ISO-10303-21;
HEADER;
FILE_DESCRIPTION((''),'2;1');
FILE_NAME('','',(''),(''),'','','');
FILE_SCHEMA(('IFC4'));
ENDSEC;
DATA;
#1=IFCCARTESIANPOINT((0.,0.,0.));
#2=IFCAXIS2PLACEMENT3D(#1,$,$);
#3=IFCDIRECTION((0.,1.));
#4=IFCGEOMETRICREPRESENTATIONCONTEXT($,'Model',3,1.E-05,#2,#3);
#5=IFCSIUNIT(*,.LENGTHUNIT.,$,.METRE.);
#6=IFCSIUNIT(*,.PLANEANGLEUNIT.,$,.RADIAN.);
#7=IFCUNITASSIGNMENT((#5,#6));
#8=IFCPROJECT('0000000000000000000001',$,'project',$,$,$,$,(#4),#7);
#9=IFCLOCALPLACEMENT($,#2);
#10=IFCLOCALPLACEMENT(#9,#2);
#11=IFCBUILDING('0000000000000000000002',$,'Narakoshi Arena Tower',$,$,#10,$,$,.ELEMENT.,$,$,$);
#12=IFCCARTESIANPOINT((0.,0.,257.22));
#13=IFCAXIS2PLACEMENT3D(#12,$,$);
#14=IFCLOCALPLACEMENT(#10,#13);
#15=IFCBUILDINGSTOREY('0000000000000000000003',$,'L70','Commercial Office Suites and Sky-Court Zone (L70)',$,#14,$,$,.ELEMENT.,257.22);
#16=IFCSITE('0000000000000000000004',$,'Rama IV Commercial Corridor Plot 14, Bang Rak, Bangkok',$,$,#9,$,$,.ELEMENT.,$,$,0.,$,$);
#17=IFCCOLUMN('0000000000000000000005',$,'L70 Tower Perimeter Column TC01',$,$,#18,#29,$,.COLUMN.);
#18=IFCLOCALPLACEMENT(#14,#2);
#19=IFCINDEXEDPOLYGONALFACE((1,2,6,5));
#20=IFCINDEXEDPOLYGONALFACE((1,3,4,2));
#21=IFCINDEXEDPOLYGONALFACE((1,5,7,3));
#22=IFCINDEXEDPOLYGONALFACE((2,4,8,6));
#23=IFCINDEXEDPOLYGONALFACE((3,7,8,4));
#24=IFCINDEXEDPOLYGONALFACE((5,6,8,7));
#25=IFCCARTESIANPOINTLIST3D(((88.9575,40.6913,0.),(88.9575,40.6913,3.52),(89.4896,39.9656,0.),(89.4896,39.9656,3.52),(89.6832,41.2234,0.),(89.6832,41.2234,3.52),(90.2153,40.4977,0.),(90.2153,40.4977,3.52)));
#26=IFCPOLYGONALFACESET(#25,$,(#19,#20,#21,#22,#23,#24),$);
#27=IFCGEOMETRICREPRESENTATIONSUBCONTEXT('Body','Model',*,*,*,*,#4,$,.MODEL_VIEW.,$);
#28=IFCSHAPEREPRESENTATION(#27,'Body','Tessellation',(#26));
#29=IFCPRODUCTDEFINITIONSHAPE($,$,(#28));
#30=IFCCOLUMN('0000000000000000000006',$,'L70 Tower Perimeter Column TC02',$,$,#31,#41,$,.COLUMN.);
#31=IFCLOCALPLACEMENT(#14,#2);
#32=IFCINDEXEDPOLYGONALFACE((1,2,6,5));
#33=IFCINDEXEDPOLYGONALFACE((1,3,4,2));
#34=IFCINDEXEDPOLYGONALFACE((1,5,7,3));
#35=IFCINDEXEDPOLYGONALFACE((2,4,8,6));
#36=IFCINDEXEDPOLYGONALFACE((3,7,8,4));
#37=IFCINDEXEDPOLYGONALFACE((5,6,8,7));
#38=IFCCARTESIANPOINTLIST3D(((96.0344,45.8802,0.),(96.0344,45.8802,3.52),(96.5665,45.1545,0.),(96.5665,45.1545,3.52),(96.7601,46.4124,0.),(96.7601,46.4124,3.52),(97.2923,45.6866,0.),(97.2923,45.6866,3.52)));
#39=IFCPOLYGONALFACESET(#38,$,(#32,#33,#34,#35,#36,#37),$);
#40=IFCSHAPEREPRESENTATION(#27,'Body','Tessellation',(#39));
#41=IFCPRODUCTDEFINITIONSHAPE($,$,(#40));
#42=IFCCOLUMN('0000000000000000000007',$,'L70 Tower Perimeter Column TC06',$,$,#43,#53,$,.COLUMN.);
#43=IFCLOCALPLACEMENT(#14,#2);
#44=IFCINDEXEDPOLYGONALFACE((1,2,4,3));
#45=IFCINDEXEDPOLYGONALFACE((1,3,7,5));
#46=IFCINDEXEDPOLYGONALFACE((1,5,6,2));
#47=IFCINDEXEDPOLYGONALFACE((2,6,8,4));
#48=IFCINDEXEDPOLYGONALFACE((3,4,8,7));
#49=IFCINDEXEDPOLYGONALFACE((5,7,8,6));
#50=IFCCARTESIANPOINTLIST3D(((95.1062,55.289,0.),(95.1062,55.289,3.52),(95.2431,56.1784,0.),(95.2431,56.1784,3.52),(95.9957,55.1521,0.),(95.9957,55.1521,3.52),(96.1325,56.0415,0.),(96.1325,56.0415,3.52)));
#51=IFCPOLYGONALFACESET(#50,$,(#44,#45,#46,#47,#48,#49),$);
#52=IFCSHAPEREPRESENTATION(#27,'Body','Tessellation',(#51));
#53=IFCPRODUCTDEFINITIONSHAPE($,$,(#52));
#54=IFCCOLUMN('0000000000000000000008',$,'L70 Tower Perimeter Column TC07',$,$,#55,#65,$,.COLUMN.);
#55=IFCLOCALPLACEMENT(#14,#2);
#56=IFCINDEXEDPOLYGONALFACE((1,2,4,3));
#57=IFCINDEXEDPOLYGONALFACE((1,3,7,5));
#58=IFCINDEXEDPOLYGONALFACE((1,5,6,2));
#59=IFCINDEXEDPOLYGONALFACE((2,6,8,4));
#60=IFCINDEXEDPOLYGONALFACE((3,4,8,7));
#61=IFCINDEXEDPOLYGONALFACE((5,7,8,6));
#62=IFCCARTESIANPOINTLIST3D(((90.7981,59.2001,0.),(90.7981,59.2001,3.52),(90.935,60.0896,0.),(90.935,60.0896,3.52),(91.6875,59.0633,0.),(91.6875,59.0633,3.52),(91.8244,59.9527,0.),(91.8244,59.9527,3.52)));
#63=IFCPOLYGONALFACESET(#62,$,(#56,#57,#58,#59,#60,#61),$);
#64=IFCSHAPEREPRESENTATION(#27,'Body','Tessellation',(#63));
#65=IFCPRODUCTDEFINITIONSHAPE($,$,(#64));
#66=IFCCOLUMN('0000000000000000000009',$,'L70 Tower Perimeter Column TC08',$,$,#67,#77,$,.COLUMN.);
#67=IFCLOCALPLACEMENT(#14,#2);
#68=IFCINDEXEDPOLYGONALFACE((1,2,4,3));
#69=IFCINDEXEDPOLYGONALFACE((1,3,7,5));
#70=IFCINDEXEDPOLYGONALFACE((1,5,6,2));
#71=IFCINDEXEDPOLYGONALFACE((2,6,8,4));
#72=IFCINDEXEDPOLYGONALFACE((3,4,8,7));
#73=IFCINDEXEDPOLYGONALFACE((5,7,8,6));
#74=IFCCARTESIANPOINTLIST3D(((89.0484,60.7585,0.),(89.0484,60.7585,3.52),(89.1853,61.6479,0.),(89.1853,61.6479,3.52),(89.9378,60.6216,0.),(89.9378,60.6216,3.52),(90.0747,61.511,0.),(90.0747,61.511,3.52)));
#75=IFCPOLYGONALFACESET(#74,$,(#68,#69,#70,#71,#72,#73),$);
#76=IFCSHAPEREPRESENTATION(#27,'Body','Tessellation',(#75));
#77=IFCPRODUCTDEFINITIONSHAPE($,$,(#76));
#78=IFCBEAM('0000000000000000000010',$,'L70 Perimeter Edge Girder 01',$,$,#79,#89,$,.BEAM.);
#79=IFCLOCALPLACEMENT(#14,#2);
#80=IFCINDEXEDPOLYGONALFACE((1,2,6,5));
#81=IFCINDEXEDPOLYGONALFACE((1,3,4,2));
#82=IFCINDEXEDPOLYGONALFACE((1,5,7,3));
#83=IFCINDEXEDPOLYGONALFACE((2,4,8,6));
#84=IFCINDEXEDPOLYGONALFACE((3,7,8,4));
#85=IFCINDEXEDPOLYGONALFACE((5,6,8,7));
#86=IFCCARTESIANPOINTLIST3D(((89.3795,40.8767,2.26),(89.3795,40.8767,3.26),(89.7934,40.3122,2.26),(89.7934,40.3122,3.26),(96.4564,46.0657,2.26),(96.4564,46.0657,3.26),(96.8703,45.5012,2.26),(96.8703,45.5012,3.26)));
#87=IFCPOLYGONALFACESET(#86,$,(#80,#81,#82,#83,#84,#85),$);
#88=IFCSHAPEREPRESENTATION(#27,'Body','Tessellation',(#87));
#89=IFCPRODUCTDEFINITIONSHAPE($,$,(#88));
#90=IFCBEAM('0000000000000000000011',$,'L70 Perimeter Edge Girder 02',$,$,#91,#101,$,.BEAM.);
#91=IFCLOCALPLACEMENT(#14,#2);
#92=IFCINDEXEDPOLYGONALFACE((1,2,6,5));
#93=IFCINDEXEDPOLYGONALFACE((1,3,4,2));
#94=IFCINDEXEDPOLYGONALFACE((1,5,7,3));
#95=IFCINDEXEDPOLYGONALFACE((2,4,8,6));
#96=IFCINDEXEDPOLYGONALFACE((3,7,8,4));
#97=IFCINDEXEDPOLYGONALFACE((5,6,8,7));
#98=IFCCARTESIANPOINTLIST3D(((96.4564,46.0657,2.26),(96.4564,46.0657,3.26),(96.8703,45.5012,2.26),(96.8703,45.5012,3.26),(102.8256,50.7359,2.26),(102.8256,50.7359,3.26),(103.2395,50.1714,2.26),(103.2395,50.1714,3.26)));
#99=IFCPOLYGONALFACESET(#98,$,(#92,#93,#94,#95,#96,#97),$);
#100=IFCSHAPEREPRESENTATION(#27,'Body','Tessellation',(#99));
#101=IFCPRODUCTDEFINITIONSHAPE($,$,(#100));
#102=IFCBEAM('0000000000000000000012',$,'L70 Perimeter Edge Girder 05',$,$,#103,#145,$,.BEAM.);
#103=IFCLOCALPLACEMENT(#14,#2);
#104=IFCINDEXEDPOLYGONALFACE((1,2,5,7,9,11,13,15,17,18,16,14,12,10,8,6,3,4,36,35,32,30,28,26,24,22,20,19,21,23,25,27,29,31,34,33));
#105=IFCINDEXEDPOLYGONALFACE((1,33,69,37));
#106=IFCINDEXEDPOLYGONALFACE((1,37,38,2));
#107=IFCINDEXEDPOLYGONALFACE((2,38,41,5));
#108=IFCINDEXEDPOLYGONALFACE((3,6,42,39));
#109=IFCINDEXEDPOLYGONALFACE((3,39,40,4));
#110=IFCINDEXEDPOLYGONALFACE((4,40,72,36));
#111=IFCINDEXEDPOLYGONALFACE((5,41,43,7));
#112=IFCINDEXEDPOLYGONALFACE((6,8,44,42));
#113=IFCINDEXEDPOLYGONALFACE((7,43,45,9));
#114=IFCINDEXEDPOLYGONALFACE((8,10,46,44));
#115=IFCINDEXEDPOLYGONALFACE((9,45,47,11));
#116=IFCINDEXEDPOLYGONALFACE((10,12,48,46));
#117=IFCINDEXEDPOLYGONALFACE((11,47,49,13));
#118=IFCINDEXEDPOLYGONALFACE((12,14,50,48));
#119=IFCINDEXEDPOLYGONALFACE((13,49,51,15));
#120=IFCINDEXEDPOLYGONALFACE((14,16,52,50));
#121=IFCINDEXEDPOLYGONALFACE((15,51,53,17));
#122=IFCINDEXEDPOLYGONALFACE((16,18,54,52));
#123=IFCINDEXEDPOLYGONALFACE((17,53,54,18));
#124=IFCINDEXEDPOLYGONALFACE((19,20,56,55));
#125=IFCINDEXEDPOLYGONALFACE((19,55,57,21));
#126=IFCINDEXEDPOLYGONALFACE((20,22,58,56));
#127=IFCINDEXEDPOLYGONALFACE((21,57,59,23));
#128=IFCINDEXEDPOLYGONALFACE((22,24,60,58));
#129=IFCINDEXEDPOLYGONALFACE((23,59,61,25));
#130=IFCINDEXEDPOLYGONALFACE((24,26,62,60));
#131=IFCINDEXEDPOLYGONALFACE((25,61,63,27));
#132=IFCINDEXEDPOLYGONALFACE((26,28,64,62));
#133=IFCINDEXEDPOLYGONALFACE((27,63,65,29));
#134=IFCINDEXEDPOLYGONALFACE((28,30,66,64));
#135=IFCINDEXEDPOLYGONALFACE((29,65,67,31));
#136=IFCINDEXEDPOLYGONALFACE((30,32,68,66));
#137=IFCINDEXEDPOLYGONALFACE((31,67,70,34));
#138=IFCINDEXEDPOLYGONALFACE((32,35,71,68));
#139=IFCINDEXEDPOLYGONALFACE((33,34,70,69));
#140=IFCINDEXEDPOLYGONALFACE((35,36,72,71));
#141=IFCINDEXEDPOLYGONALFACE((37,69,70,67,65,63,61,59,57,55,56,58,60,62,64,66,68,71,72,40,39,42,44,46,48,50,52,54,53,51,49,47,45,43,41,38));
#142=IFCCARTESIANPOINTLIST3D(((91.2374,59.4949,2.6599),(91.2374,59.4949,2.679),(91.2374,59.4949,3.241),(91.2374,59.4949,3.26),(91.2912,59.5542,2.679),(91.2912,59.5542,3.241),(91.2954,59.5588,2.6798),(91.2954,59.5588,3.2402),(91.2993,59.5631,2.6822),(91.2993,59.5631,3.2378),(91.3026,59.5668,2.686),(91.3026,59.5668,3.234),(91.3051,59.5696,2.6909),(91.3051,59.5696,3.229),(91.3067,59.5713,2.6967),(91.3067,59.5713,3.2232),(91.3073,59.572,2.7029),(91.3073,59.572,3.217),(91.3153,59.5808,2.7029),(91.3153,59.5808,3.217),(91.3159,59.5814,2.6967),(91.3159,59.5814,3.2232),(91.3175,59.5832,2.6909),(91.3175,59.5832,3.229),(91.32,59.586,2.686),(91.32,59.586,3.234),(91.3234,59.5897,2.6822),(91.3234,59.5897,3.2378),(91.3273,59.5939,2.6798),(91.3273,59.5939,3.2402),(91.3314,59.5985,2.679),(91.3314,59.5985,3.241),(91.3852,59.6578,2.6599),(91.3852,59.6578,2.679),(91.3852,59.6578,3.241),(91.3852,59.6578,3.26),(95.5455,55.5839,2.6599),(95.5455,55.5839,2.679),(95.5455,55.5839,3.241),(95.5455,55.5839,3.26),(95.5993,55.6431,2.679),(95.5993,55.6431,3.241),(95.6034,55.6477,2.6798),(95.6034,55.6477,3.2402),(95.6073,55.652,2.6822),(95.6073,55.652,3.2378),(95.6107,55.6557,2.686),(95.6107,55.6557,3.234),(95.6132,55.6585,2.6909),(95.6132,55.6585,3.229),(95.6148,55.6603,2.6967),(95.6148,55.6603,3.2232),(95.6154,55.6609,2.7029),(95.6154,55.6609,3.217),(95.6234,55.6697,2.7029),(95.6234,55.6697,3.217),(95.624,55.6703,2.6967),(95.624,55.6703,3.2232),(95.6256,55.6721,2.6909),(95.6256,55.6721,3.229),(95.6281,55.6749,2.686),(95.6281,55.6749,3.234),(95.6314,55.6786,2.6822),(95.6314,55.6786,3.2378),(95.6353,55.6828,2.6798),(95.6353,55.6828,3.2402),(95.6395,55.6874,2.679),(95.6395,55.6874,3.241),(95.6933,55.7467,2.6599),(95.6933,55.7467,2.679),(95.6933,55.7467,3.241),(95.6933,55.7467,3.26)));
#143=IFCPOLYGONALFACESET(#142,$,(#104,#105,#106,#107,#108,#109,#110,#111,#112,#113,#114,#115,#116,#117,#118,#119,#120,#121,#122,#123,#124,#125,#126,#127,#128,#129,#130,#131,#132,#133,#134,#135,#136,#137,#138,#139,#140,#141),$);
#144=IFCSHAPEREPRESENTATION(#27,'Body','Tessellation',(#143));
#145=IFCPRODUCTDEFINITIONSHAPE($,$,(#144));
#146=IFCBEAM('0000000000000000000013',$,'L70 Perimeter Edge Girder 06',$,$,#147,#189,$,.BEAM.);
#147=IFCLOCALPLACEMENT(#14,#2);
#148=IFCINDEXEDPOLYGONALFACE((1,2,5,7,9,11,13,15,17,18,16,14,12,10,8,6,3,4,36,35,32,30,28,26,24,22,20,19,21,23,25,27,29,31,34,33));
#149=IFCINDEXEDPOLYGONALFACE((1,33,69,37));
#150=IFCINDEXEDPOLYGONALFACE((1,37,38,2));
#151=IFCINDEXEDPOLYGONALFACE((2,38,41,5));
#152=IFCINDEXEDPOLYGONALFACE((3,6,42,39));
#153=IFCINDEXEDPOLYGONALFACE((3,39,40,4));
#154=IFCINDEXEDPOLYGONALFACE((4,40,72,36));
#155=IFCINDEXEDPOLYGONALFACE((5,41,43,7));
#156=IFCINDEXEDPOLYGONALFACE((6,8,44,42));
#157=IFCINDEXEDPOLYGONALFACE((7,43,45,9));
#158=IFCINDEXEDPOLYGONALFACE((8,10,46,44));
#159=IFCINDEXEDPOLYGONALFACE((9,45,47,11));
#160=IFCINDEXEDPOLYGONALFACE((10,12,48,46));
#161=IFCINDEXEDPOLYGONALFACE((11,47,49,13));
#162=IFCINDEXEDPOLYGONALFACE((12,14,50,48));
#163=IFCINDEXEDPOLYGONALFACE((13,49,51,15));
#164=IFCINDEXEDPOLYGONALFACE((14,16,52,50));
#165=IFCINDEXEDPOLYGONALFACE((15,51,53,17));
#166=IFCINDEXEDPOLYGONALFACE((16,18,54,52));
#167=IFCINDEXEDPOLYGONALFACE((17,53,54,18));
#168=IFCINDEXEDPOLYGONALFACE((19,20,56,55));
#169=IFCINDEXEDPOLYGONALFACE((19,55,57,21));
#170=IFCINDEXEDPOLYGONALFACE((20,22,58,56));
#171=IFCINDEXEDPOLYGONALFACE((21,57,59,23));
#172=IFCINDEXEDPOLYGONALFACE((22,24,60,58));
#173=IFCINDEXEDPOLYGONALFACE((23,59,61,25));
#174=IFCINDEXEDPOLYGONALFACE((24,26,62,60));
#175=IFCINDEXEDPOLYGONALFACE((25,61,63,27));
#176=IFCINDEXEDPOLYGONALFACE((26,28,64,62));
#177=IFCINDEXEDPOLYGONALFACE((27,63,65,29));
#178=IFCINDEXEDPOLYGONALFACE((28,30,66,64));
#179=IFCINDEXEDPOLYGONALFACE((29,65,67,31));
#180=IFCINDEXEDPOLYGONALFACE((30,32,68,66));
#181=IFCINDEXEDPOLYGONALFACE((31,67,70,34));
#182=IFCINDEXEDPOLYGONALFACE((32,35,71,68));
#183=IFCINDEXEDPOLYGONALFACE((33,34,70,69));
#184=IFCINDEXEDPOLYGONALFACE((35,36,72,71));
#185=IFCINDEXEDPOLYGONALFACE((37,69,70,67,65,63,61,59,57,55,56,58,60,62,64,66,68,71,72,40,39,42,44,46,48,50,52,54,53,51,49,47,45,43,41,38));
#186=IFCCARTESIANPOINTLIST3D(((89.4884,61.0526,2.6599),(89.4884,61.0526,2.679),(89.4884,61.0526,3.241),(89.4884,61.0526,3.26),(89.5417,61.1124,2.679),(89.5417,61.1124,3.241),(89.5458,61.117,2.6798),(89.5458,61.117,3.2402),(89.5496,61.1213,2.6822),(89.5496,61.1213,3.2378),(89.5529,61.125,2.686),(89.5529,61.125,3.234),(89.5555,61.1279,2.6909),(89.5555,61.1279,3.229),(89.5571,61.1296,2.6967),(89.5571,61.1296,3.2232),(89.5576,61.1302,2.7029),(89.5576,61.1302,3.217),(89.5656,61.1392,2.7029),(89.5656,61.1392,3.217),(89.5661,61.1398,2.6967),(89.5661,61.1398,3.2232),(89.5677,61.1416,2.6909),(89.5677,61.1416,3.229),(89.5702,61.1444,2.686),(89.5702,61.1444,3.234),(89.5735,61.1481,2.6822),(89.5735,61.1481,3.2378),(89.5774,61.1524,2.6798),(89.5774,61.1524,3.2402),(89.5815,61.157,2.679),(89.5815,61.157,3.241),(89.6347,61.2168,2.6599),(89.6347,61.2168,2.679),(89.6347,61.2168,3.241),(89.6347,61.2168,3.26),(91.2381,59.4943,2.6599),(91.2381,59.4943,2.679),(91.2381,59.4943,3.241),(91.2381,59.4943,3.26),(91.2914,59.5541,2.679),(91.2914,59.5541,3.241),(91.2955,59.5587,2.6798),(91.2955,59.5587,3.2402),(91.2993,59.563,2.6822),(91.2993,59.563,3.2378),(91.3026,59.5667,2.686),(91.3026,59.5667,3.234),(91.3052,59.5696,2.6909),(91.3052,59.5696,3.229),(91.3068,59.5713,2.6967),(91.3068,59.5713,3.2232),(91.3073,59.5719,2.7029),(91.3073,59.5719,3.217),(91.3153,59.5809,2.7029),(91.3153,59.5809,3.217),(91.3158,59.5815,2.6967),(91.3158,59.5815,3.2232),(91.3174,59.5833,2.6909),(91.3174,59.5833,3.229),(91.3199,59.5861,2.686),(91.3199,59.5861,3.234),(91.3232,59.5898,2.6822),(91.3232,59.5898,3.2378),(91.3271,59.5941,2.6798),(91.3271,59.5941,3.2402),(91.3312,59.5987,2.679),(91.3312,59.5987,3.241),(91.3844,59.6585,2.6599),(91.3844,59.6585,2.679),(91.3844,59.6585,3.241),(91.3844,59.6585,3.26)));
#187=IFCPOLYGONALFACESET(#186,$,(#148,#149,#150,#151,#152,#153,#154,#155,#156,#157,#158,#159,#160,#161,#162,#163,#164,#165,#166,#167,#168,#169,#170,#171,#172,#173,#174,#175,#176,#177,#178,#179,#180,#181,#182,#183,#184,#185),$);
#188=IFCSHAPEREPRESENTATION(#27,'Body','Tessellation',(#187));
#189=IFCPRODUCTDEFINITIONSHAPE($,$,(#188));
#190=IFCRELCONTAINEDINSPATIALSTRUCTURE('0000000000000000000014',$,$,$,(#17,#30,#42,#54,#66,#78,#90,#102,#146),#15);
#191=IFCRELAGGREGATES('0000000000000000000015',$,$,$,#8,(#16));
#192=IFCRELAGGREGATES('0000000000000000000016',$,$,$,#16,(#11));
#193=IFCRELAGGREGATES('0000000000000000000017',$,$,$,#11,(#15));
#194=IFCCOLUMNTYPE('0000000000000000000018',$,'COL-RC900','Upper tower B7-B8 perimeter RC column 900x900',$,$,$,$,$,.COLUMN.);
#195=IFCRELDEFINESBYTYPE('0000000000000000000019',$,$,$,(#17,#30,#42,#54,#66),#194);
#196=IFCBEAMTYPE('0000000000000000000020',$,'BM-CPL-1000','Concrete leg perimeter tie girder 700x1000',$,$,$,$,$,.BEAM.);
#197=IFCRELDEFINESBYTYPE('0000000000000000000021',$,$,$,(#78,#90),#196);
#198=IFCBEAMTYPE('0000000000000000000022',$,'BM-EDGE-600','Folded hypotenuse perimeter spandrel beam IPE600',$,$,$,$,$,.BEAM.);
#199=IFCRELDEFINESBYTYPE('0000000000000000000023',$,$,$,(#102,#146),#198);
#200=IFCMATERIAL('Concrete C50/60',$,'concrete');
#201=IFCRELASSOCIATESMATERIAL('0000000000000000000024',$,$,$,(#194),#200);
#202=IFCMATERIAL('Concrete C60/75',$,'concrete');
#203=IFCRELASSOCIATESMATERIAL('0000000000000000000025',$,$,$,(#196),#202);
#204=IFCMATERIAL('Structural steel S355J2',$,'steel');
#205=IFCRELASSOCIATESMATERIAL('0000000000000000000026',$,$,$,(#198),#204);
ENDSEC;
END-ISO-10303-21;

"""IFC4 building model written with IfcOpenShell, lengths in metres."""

from ifc_helpers import new_model, si_unit, direction, frame, origin, origin_2d, place, context, subcontext, project, spatial, rectangle, i_section, extrude, material, material_profile, profile_set, type_object, element, save


model = new_model("IFC4")

# Units and contexts
model_context = context("Model", 3, precision=1e-05, world=origin(), true_north=direction((0.0, 1.0)))
body_context = subcontext(model_context, "Body", "Model", "MODEL_VIEW")
ifc_project = project(units=[si_unit("LENGTHUNIT", "METRE"), si_unit("PLANEANGLEUNIT", "RADIAN")], contexts=[model_context])

# Site, building, storey
site_placement = place(None, origin())
site = spatial("IfcSite", under=ifc_project, at=site_placement, Name="Rama IV Commercial Corridor Plot 14, Bang Rak, Bangkok", CompositionType="ELEMENT", RefElevation=0.0)
building_placement = place(site_placement, origin())
building = spatial("IfcBuilding", under=site, at=building_placement, Name="Narakoshi Arena Tower", CompositionType="ELEMENT")
storey_placement = place(building_placement, frame((0.0, 0.0, 257.22)))
storey = spatial("IfcBuildingStorey", under=building, at=storey_placement, Name="L70", Description="Commercial Office Suites and Sky-Court Zone (L70)", CompositionType="ELEMENT", Elevation=257.22)

# Columns
ifc_material_1 = material(Name="Concrete C50/60", Category="concrete")
ifc_material_profile_1 = material_profile(ifc_material_1, rectangle(XDim=0.8999, YDim=0.8999, at=origin_2d()), Name="RC900x900")
ifc_profile_set_1 = profile_set([ifc_material_profile_1], Name="Concrete C50/60")
column_type = type_object("IfcColumnType", Name="COL-RC900", Description="Upper tower B7-B8 perimeter RC column 900x900", PredefinedType="COLUMN", material=ifc_profile_set_1)
for number, where, z_axis, x_axis, name in (
    (1, (89.5864, 40.5945, 0.0), (0.0, 0.0, 1.0), (0.806445, 0.59131, 0.0), "L70 Tower Perimeter Column TC01"),
    (2, (96.6633, 45.7834, 0.0), (0.0, 0.0, 1.0), (0.806445, 0.59131, 0.0), "L70 Tower Perimeter Column TC02"),
    (3, (95.6194, 55.6653, 0.0), (0.0, 0.0, 1.0), (0.152123, 0.988362, 0.0), "L70 Tower Perimeter Column TC06"),
    (4, (91.3113, 59.5764, 0.0), (0.0, 0.0, 1.0), (0.152123, 0.988362, 0.0), "L70 Tower Perimeter Column TC07"),
    (5, (89.5615, 61.1348, 0.0), (0.0, 0.0, 1.0), (0.152123, 0.988362, 0.0), "L70 Tower Perimeter Column TC08"),
):
    element("IfcColumn", number, at=place(storey_placement, frame(where, z_axis=z_axis, x_axis=x_axis)), inside=storey, type_object=column_type, Name=name, PredefinedType="COLUMN", context=body_context, shape_type="SweptSolid", body=[
        extrude(rectangle(XDim=0.8999, YDim=0.8999, at=origin_2d()), origin(), (0.0, 0.0, 1.0), 3.52),
    ])

# Beams
ifc_material_2 = material(Name="Concrete C60/75", Category="concrete")
ifc_material_profile_2 = material_profile(ifc_material_2, rectangle(XDim=0.7, YDim=1.0, at=origin_2d()), Name="RCB700x1000")
ifc_profile_set_2 = profile_set([ifc_material_profile_2], Name="Concrete C60/75")
beam_type_1 = type_object("IfcBeamType", Name="BM-CPL-1000", Description="Concrete leg perimeter tie girder 700x1000", PredefinedType="BEAM", material=ifc_profile_set_2)
beam_1_placement = place(storey_placement, frame((89.5864, 40.5945, 2.76), z_axis=(0.806447, 0.591307, 0.0), x_axis=(-0.591307, 0.806447, 0.0)))
element("IfcBeam", 6, at=beam_1_placement, inside=storey, type_object=beam_type_1, Name="L70 Perimeter Edge Girder 01", PredefinedType="BEAM", context=body_context, shape_type="SweptSolid", body=[
    extrude(rectangle(XDim=0.7, YDim=1.0, at=origin_2d()), origin(), (0.0, 0.0, 1.0), 8.7754),
])
beam_2_placement = place(storey_placement, frame((96.6633, 45.7834, 2.76), z_axis=(0.806437, 0.591319, 0.0), x_axis=(-0.591319, 0.806437, 0.0)))
element("IfcBeam", 7, at=beam_2_placement, inside=storey, type_object=beam_type_1, Name="L70 Perimeter Edge Girder 02", PredefinedType="BEAM", context=body_context, shape_type="SweptSolid", body=[
    extrude(rectangle(XDim=0.7, YDim=1.0, at=origin_2d()), origin(), (0.0, 0.0, 1.0), 7.8979),
])
ifc_material_3 = material(Name="Structural steel S355J2", Category="steel")
ifc_material_profile_3 = material_profile(ifc_material_3, i_section(OverallWidth=0.22, OverallDepth=0.6001, WebThickness=0.012, FlangeThickness=0.019, FilletRadius=0.0239, at=origin_2d()), Name="IPE600")
ifc_profile_set_3 = profile_set([ifc_material_profile_3], Name="Structural steel S355J2")
beam_type_2 = type_object("IfcBeamType", Name="BM-EDGE-600", Description="Folded hypotenuse perimeter spandrel beam IPE600", PredefinedType="BEAM", material=ifc_profile_set_3)
beam_3_placement = place(storey_placement, frame((95.6194, 55.6653, 2.96), z_axis=(-0.740396, 0.672171, 0.0), x_axis=(-0.672171, -0.740396, 0.0)))
element("IfcBeam", 8, at=beam_3_placement, inside=storey, type_object=beam_type_2, Name="L70 Perimeter Edge Girder 05", PredefinedType="BEAM", context=body_context, shape_type="SweptSolid", body=[
    extrude(i_section(OverallWidth=0.22, OverallDepth=0.6001, WebThickness=0.012, FlangeThickness=0.019, FilletRadius=0.0239, at=origin_2d()), origin(), (0.0, 0.0, 1.0), 5.8186),
])
beam_4_placement = place(storey_placement, frame((91.3113, 59.5764, 2.96), z_axis=(-0.746771, 0.665081, 0.0), x_axis=(-0.665081, -0.746771, 0.0)))
element("IfcBeam", 9, at=beam_4_placement, inside=storey, type_object=beam_type_2, Name="L70 Perimeter Edge Girder 06", PredefinedType="BEAM", context=body_context, shape_type="SweptSolid", body=[
    extrude(i_section(OverallWidth=0.22, OverallDepth=0.6001, WebThickness=0.012, FlangeThickness=0.019, FilletRadius=0.0239, at=origin_2d()), origin(), (0.0, 0.0, 1.0), 2.343),
])

save(model, "model.ifc")
